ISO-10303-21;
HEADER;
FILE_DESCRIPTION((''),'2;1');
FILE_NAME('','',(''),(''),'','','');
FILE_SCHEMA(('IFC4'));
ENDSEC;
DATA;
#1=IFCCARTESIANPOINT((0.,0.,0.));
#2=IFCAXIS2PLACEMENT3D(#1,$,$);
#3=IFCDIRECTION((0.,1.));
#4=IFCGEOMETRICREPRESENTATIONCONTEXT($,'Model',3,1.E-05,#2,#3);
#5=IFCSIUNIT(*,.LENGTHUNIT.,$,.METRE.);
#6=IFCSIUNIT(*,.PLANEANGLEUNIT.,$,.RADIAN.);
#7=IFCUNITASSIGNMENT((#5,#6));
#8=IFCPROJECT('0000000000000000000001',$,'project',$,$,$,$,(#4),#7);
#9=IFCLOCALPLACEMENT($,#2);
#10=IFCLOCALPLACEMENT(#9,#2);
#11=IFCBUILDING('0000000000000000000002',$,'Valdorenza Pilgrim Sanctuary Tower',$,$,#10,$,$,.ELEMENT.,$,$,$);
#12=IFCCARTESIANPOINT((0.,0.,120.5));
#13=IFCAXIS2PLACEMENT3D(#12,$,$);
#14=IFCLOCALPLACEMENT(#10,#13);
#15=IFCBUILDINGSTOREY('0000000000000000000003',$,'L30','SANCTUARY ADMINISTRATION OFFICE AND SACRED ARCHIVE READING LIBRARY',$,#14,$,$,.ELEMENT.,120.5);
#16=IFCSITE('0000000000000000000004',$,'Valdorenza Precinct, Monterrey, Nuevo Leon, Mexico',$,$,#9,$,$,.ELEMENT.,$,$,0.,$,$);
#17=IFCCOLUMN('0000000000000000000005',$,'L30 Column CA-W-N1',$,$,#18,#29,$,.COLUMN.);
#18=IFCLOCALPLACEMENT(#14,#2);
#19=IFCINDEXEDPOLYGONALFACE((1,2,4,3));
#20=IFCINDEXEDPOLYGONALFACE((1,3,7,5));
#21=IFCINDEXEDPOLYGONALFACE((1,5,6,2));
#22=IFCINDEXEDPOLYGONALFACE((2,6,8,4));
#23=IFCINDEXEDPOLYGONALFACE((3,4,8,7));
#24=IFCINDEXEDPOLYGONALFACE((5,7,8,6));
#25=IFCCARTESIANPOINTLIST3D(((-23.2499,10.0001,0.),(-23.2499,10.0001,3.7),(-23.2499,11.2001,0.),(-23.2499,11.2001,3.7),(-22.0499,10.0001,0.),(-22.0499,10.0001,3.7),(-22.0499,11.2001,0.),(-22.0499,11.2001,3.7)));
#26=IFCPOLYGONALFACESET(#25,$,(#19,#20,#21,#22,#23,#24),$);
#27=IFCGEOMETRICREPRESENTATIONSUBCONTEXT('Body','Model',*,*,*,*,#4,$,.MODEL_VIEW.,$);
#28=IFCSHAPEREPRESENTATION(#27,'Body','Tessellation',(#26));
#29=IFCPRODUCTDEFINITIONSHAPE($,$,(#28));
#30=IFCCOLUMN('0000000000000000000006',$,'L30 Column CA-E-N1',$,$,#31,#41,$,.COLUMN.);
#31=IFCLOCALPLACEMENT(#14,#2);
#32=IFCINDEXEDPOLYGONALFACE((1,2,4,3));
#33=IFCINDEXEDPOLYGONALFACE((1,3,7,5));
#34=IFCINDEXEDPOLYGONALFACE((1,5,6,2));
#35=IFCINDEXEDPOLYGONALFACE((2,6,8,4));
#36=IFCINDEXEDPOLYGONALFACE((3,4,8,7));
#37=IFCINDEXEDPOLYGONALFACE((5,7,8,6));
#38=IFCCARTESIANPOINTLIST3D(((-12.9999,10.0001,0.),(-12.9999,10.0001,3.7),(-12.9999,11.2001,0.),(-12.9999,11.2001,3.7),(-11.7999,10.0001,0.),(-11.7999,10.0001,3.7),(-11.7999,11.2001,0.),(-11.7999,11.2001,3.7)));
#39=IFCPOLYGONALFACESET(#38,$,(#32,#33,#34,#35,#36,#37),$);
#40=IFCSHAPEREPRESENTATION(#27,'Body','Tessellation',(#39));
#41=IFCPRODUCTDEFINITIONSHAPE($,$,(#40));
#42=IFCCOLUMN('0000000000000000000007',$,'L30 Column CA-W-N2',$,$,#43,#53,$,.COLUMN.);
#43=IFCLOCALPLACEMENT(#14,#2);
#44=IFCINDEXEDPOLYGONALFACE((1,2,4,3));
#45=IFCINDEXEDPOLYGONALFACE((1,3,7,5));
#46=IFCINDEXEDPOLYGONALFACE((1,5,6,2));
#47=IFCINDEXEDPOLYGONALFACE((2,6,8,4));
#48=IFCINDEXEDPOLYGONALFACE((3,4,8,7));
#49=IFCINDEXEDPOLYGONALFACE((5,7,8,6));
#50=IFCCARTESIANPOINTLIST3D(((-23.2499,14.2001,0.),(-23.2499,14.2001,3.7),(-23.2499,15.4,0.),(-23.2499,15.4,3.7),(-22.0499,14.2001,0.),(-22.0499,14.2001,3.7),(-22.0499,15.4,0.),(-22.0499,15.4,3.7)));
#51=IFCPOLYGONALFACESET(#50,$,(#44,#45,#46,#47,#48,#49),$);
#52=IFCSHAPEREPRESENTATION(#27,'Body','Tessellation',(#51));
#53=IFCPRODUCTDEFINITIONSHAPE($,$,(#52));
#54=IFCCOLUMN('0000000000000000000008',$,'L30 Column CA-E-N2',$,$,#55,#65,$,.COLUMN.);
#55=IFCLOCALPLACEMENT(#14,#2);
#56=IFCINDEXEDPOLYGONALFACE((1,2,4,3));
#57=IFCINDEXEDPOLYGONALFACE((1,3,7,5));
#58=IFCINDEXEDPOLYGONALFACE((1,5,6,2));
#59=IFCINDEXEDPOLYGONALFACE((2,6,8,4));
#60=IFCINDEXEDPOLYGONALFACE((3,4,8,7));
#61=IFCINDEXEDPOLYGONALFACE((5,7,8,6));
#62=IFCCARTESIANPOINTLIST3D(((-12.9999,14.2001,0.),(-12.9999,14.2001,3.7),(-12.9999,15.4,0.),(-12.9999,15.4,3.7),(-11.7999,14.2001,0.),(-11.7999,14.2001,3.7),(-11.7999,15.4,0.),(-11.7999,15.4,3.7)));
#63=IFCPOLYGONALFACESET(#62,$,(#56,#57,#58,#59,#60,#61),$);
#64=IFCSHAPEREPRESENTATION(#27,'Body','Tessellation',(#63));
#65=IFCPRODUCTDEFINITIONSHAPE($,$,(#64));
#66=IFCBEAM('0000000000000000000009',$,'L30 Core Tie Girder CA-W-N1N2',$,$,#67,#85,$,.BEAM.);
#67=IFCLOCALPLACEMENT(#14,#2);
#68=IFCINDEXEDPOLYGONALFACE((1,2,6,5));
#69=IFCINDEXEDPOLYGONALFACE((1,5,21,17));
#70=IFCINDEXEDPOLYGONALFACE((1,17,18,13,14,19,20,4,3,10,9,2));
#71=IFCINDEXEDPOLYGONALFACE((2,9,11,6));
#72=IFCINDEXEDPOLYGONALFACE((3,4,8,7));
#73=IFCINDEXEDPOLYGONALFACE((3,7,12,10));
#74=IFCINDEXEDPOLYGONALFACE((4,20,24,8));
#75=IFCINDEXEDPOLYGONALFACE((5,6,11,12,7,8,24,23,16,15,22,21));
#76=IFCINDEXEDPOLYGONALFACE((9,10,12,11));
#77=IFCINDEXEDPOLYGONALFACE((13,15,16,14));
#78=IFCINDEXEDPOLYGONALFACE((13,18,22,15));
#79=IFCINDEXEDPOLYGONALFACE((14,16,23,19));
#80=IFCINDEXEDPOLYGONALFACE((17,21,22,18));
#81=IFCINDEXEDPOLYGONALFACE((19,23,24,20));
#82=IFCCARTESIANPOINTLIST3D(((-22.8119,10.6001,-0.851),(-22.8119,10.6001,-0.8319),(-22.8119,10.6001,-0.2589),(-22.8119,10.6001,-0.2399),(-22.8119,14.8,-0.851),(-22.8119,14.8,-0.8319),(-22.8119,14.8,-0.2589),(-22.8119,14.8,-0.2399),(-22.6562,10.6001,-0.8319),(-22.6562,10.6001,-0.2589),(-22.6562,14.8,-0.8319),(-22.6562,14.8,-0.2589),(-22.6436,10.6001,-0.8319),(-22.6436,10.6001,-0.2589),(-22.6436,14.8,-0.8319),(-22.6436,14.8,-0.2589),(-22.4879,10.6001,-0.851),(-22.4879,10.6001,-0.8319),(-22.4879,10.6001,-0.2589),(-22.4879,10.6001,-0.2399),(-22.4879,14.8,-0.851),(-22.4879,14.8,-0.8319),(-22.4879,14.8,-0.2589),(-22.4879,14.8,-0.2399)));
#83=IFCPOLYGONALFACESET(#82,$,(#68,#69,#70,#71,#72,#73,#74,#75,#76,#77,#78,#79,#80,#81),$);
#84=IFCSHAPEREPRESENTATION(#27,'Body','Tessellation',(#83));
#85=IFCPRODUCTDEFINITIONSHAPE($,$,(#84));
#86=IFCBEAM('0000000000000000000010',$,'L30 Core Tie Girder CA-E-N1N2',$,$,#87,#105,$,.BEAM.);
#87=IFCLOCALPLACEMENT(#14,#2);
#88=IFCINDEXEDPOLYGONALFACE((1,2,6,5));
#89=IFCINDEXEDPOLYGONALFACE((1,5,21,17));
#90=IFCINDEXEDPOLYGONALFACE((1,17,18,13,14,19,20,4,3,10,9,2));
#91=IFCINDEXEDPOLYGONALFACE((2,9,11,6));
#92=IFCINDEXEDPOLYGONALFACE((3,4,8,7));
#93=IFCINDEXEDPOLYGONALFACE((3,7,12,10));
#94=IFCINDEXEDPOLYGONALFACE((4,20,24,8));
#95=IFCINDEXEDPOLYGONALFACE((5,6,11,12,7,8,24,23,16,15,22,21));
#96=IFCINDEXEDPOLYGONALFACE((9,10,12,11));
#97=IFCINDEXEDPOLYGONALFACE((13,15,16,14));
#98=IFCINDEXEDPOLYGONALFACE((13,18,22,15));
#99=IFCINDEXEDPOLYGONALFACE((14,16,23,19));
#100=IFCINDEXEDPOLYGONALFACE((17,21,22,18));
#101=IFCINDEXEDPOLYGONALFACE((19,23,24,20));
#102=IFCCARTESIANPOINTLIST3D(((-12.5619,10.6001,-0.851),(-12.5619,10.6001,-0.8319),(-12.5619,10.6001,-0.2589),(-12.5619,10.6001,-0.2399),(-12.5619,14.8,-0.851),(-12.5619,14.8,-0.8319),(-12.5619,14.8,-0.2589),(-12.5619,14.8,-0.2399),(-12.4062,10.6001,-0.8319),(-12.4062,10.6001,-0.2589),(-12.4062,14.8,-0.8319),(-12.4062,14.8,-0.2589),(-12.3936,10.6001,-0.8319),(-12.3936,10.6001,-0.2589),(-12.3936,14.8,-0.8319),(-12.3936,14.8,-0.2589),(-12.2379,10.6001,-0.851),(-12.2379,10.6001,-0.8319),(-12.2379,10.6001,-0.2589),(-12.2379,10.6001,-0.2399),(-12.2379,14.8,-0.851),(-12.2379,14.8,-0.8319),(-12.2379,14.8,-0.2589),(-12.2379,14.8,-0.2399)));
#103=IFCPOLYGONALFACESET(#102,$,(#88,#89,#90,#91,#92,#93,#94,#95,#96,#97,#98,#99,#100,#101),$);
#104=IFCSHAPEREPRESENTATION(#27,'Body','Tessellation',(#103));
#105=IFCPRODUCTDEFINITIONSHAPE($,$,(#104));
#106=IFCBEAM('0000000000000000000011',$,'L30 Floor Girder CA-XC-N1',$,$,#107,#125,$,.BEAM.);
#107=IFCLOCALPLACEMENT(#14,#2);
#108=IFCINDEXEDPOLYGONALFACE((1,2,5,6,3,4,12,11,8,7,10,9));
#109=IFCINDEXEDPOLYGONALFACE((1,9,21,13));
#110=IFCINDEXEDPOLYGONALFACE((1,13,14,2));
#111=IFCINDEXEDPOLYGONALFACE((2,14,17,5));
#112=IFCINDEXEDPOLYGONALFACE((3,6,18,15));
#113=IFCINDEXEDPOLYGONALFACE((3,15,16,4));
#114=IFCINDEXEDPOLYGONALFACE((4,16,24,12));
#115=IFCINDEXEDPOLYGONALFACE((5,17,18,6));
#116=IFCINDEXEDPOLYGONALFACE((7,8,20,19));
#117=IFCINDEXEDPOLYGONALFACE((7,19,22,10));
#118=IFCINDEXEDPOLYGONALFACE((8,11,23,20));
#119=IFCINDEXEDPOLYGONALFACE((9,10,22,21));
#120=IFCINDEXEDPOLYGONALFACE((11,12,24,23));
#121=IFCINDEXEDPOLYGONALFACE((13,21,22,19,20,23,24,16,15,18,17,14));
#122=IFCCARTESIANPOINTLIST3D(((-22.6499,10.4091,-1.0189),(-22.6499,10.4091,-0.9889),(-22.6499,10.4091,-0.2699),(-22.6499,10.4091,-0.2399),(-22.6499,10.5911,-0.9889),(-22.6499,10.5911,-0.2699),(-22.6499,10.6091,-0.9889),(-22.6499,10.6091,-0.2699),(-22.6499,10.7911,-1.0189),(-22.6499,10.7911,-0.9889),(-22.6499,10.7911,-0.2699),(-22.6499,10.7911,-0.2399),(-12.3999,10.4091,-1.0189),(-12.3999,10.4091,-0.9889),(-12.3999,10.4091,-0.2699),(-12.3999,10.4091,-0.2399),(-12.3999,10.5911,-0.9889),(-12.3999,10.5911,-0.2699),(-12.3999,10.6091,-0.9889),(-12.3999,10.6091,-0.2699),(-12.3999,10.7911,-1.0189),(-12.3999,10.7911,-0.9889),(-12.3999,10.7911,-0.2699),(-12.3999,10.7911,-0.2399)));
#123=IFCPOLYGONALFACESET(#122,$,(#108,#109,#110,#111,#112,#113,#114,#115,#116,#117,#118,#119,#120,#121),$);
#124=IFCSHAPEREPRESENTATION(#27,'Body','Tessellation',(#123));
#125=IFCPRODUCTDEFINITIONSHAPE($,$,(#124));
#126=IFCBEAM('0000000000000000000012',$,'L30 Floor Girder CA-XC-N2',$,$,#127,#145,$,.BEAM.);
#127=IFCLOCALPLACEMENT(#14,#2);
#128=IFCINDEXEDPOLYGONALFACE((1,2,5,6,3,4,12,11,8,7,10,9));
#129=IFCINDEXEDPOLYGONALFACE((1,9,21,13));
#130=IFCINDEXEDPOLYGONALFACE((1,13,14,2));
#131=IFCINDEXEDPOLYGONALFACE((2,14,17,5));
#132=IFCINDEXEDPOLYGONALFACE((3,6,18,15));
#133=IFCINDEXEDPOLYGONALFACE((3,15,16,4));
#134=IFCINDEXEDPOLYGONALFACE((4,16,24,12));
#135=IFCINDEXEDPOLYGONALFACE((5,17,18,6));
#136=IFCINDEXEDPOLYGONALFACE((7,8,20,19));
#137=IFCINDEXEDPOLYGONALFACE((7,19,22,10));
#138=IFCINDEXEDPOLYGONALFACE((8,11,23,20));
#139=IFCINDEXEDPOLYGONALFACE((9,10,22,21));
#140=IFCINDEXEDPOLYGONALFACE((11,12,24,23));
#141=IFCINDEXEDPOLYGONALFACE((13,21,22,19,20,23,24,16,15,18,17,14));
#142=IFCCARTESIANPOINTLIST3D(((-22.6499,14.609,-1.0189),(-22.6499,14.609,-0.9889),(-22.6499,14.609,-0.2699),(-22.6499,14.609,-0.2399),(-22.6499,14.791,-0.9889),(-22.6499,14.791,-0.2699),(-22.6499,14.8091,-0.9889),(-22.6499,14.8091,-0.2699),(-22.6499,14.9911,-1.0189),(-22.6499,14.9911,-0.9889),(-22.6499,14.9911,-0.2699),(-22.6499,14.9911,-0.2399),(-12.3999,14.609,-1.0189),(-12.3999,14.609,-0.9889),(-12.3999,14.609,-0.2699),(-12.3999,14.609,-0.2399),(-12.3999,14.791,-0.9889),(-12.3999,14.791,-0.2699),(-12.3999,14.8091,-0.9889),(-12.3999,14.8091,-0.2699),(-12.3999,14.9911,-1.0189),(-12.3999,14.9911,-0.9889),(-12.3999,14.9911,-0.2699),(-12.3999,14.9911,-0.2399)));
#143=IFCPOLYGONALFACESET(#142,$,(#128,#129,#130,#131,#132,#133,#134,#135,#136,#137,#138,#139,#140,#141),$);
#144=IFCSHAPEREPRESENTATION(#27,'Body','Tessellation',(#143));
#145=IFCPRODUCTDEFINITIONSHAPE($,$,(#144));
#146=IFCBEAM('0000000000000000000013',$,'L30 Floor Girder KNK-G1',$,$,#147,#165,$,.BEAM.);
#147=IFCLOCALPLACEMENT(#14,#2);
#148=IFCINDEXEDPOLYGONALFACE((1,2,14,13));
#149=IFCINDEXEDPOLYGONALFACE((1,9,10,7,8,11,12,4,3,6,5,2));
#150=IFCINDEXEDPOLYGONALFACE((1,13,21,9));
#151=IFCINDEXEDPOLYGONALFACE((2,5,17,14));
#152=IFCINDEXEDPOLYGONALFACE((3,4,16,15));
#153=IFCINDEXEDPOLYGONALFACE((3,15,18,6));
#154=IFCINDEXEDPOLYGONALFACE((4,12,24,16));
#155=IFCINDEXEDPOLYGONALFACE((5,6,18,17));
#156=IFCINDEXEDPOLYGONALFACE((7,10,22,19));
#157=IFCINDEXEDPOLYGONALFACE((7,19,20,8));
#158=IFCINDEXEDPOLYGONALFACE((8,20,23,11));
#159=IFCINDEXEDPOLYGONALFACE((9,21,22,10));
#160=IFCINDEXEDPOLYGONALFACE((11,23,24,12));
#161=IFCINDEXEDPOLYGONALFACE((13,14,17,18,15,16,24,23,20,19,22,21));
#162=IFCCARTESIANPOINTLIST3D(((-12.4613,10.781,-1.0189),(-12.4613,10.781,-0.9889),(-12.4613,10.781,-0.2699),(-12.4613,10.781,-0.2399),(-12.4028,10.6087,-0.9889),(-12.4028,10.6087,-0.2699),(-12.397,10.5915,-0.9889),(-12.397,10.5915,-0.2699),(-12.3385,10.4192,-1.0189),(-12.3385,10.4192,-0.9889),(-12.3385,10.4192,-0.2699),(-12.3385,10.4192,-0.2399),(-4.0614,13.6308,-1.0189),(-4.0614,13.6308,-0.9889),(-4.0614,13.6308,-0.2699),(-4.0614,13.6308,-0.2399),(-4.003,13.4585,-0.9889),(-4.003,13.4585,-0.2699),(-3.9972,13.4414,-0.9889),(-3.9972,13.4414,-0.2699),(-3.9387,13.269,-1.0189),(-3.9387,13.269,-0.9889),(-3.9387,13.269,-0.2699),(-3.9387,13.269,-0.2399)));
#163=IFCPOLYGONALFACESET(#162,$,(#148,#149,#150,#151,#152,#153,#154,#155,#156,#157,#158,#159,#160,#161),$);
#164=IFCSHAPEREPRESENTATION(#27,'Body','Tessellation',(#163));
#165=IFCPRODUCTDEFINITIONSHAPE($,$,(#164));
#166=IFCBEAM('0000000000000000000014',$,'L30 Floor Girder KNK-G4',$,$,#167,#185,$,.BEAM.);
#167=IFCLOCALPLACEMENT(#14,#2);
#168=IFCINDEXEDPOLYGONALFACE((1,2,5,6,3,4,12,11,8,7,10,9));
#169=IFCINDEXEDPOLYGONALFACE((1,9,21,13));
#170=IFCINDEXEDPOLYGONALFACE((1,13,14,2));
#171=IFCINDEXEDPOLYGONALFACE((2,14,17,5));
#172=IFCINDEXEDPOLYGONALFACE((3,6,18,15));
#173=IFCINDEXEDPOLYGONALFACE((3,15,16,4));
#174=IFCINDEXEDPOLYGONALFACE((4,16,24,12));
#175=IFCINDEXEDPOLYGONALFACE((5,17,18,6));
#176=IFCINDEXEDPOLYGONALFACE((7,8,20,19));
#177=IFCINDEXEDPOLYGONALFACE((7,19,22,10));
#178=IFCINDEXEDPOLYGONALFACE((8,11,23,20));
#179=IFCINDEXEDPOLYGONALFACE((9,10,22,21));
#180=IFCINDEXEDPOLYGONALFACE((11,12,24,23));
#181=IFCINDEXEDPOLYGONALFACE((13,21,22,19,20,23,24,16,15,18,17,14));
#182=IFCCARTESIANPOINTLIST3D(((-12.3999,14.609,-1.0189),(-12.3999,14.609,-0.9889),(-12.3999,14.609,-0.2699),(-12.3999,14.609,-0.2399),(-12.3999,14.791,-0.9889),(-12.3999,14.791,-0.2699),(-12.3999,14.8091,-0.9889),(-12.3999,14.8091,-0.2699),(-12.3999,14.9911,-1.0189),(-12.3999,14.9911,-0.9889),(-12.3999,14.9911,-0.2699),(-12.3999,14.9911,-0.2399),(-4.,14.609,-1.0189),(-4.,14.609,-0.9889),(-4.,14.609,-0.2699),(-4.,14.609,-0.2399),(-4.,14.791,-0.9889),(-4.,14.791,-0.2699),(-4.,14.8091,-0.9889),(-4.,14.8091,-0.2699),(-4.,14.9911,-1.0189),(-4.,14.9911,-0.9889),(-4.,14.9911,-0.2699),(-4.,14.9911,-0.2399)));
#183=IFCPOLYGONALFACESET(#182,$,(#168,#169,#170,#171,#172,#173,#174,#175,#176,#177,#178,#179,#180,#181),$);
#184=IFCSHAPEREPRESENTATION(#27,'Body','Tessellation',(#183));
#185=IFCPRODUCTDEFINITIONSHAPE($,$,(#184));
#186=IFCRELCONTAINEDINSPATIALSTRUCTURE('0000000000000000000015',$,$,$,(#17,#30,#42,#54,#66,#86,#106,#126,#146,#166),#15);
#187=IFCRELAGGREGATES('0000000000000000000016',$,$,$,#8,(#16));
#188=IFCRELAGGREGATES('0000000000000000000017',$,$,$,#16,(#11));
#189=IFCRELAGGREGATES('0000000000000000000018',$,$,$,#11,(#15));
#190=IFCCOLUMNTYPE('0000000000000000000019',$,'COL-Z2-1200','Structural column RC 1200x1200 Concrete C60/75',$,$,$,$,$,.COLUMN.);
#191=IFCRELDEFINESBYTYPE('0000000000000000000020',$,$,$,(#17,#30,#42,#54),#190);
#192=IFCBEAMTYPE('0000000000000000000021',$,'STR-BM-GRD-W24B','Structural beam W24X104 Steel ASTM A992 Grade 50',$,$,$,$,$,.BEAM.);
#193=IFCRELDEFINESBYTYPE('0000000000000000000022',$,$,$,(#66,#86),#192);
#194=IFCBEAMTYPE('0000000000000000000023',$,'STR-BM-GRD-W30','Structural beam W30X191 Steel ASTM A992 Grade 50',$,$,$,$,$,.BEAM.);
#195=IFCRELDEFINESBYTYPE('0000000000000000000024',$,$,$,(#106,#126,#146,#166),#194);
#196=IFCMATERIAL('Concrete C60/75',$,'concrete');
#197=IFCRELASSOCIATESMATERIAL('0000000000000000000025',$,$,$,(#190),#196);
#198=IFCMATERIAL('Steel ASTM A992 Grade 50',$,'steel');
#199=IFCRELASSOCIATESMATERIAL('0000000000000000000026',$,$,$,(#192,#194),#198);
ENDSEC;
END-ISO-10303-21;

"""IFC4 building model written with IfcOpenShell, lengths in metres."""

from ifc_helpers import new_model, si_unit, direction, frame, origin, origin_2d, place, context, subcontext, project, spatial, rectangle, i_section, extrude, source, transform, mapped, material, material_profile, profile_set, type_object, element, save


model = new_model("IFC4")

# Units and contexts
model_context = context("Model", 3, precision=1e-05, world=origin(), true_north=direction((0.0, 1.0)))
body_context = subcontext(model_context, "Body", "Model", "MODEL_VIEW")
ifc_project = project(units=[si_unit("LENGTHUNIT", "METRE"), si_unit("PLANEANGLEUNIT", "RADIAN")], contexts=[model_context])

# Site, building, storey
site_placement = place(None, origin())
site = spatial("IfcSite", under=ifc_project, at=site_placement, Name="Valdorenza Precinct, Monterrey, Nuevo Leon, Mexico", CompositionType="ELEMENT", RefElevation=0.0)
building_placement = place(site_placement, origin())
building = spatial("IfcBuilding", under=site, at=building_placement, Name="Valdorenza Pilgrim Sanctuary Tower", CompositionType="ELEMENT")
storey_placement = place(building_placement, frame((0.0, 0.0, 120.5)))
storey = spatial("IfcBuildingStorey", under=building, at=storey_placement, Name="L30", Description="SANCTUARY ADMINISTRATION OFFICE AND SACRED ARCHIVE READING LIBRARY", CompositionType="ELEMENT", Elevation=120.5)

# Columns
ifc_material_1 = material(Name="Concrete C60/75", Category="concrete")
ifc_material_profile_1 = material_profile(ifc_material_1, rectangle(XDim=1.2, YDim=1.2, at=origin_2d()), Name="RC 1200x1200")
ifc_profile_set_1 = profile_set([ifc_material_profile_1], Name="Concrete C60/75")
column_type = type_object("IfcColumnType", Name="COL-Z2-1200", Description="Structural column RC 1200x1200 Concrete C60/75", PredefinedType="COLUMN", material=ifc_profile_set_1)
shared_shape_1 = source(origin(), body_context, "Body", "SweptSolid", [
    extrude(rectangle(XDim=1.2, YDim=1.2, at=origin_2d()), origin(), (0.0, 0.0, 1.0), 3.7),
])
for number, where, z_axis, x_axis, name in (
    (1, (-22.6499, 10.6001, 0.0), (0.0, 0.0, 1.0), (1.0, 0.0, 0.0), "L30 Column CA-W-N1"),
    (2, (-12.3999, 10.6001, 0.0), (0.0, 0.0, 1.0), (1.0, 0.0, 0.0), "L30 Column CA-E-N1"),
    (3, (-22.6499, 14.8, 0.0), (0.0, 0.0, 1.0), (1.0, 0.0, 0.0), "L30 Column CA-W-N2"),
    (4, (-12.3999, 14.8, 0.0), (0.0, 0.0, 1.0), (1.0, 0.0, 0.0), "L30 Column CA-E-N2"),
):
    element("IfcColumn", number, at=place(storey_placement, frame(where, z_axis=z_axis, x_axis=x_axis)), inside=storey, type_object=column_type, Name=name, PredefinedType="COLUMN", context=body_context, shape_type="MappedRepresentation", body=[
        mapped(shared_shape_1, transform((0.0, 0.0, 0.0), x_axis=(1.0, 0.0, 0.0), y_axis=(0.0, 1.0, 0.0), z_axis=(0.0, 0.0, 1.0), scale=1.0)),
    ])

# Beams
ifc_material_2 = material(Name="Steel ASTM A992 Grade 50", Category="steel")
ifc_material_profile_2 = material_profile(ifc_material_2, i_section(OverallWidth=0.324, OverallDepth=0.6111, WebThickness=0.0127, FlangeThickness=0.019, at=origin_2d()), Name="W24X104")
ifc_profile_set_2 = profile_set([ifc_material_profile_2], Name="Steel ASTM A992 Grade 50")
beam_type_1 = type_object("IfcBeamType", Name="STR-BM-GRD-W24B", Description="Structural beam W24X104 Steel ASTM A992 Grade 50", PredefinedType="BEAM", material=ifc_profile_set_2)
shared_shape_2 = source(origin(), body_context, "Body", "SweptSolid", [
    extrude(i_section(OverallWidth=0.324, OverallDepth=0.6111, WebThickness=0.0127, FlangeThickness=0.019, at=origin_2d()), origin(), (0.0, 0.0, 1.0), 4.2),
])
for number, where, z_axis, x_axis, name in (
    (5, (-22.6499, 10.6001, -0.5454), (0.0, 1.0, 0.0), (-1.0, 0.0, 0.0), "L30 Core Tie Girder CA-W-N1N2"),
    (6, (-12.3999, 10.6001, -0.5454), (0.0, 1.0, 0.0), (-1.0, 0.0, 0.0), "L30 Core Tie Girder CA-E-N1N2"),
):
    element("IfcBeam", number, at=place(storey_placement, frame(where, z_axis=z_axis, x_axis=x_axis)), inside=storey, type_object=beam_type_1, Name=name, PredefinedType="BEAM", context=body_context, shape_type="MappedRepresentation", body=[
        mapped(shared_shape_2, transform((0.0, 0.0, 0.0), x_axis=(1.0, 0.0, 0.0), y_axis=(0.0, 1.0, 0.0), z_axis=(0.0, 0.0, 1.0), scale=1.0)),
    ])
ifc_material_profile_3 = material_profile(ifc_material_2, i_section(OverallWidth=0.3821, OverallDepth=0.7791, WebThickness=0.0181, FlangeThickness=0.03, at=origin_2d()), Name="W30X191")
ifc_profile_set_3 = profile_set([ifc_material_profile_3], Name="Steel ASTM A992 Grade 50")
beam_type_2 = type_object("IfcBeamType", Name="STR-BM-GRD-W30", Description="Structural beam W30X191 Steel ASTM A992 Grade 50", PredefinedType="BEAM", material=ifc_profile_set_3)
shared_shape_3 = source(origin(), body_context, "Body", "SweptSolid", [
    extrude(i_section(OverallWidth=0.3821, OverallDepth=0.7791, WebThickness=0.0181, FlangeThickness=0.03, at=origin_2d()), origin(), (0.0, 0.0, 1.0), 10.25),
])
for number, where, z_axis, x_axis, name in (
    (7, (-22.6499, 10.6001, -0.6294), (1.0, 0.0, 0.0), (0.0, 1.0, 0.0), "L30 Floor Girder CA-XC-N1"),
    (8, (-22.6499, 14.8, -0.6294), (1.0, 0.0, 0.0), (0.0, 1.0, 0.0), "L30 Floor Girder CA-XC-N2"),
):
    element("IfcBeam", number, at=place(storey_placement, frame(where, z_axis=z_axis, x_axis=x_axis)), inside=storey, type_object=beam_type_2, Name=name, PredefinedType="BEAM", context=body_context, shape_type="MappedRepresentation", body=[
        mapped(shared_shape_3, transform((0.0, 0.0, 0.0), x_axis=(1.0, 0.0, 0.0), y_axis=(0.0, 1.0, 0.0), z_axis=(0.0, 0.0, 1.0), scale=1.0)),
    ])
shared_shape_4 = source(origin(), body_context, "Body", "SweptSolid", [
    extrude(i_section(OverallWidth=0.3821, OverallDepth=0.7791, WebThickness=0.0181, FlangeThickness=0.03, at=origin_2d()), origin(), (0.0, 0.0, 1.0), 8.8701),
])
beam_1_placement = place(storey_placement, frame((-12.3999, 10.6001, -0.6294), z_axis=(0.946983, 0.321285, 0.0), x_axis=(-0.321285, 0.946983, 0.0)))
element("IfcBeam", 9, at=beam_1_placement, inside=storey, type_object=beam_type_2, Name="L30 Floor Girder KNK-G1", PredefinedType="BEAM", context=body_context, shape_type="MappedRepresentation", body=[
    mapped(shared_shape_4, transform((0.0, 0.0, 0.0), x_axis=(1.0, 0.0, 0.0), y_axis=(0.0, 1.0, 0.0), z_axis=(0.0, 0.0, 1.0), scale=1.0)),
])
shared_shape_5 = source(origin(), body_context, "Body", "SweptSolid", [
    extrude(i_section(OverallWidth=0.3821, OverallDepth=0.7791, WebThickness=0.0181, FlangeThickness=0.03, at=origin_2d()), origin(), (0.0, 0.0, 1.0), 8.3999),
])
beam_2_placement = place(storey_placement, frame((-12.3999, 14.8, -0.6294), z_axis=(1.0, 0.0, 0.0), x_axis=(0.0, 1.0, 0.0)))
element("IfcBeam", 10, at=beam_2_placement, inside=storey, type_object=beam_type_2, Name="L30 Floor Girder KNK-G4", PredefinedType="BEAM", context=body_context, shape_type="MappedRepresentation", body=[
    mapped(shared_shape_5, transform((0.0, 0.0, 0.0), x_axis=(1.0, 0.0, 0.0), y_axis=(0.0, 1.0, 0.0), z_axis=(0.0, 0.0, 1.0), scale=1.0)),
])

save(model, "model.ifc")
